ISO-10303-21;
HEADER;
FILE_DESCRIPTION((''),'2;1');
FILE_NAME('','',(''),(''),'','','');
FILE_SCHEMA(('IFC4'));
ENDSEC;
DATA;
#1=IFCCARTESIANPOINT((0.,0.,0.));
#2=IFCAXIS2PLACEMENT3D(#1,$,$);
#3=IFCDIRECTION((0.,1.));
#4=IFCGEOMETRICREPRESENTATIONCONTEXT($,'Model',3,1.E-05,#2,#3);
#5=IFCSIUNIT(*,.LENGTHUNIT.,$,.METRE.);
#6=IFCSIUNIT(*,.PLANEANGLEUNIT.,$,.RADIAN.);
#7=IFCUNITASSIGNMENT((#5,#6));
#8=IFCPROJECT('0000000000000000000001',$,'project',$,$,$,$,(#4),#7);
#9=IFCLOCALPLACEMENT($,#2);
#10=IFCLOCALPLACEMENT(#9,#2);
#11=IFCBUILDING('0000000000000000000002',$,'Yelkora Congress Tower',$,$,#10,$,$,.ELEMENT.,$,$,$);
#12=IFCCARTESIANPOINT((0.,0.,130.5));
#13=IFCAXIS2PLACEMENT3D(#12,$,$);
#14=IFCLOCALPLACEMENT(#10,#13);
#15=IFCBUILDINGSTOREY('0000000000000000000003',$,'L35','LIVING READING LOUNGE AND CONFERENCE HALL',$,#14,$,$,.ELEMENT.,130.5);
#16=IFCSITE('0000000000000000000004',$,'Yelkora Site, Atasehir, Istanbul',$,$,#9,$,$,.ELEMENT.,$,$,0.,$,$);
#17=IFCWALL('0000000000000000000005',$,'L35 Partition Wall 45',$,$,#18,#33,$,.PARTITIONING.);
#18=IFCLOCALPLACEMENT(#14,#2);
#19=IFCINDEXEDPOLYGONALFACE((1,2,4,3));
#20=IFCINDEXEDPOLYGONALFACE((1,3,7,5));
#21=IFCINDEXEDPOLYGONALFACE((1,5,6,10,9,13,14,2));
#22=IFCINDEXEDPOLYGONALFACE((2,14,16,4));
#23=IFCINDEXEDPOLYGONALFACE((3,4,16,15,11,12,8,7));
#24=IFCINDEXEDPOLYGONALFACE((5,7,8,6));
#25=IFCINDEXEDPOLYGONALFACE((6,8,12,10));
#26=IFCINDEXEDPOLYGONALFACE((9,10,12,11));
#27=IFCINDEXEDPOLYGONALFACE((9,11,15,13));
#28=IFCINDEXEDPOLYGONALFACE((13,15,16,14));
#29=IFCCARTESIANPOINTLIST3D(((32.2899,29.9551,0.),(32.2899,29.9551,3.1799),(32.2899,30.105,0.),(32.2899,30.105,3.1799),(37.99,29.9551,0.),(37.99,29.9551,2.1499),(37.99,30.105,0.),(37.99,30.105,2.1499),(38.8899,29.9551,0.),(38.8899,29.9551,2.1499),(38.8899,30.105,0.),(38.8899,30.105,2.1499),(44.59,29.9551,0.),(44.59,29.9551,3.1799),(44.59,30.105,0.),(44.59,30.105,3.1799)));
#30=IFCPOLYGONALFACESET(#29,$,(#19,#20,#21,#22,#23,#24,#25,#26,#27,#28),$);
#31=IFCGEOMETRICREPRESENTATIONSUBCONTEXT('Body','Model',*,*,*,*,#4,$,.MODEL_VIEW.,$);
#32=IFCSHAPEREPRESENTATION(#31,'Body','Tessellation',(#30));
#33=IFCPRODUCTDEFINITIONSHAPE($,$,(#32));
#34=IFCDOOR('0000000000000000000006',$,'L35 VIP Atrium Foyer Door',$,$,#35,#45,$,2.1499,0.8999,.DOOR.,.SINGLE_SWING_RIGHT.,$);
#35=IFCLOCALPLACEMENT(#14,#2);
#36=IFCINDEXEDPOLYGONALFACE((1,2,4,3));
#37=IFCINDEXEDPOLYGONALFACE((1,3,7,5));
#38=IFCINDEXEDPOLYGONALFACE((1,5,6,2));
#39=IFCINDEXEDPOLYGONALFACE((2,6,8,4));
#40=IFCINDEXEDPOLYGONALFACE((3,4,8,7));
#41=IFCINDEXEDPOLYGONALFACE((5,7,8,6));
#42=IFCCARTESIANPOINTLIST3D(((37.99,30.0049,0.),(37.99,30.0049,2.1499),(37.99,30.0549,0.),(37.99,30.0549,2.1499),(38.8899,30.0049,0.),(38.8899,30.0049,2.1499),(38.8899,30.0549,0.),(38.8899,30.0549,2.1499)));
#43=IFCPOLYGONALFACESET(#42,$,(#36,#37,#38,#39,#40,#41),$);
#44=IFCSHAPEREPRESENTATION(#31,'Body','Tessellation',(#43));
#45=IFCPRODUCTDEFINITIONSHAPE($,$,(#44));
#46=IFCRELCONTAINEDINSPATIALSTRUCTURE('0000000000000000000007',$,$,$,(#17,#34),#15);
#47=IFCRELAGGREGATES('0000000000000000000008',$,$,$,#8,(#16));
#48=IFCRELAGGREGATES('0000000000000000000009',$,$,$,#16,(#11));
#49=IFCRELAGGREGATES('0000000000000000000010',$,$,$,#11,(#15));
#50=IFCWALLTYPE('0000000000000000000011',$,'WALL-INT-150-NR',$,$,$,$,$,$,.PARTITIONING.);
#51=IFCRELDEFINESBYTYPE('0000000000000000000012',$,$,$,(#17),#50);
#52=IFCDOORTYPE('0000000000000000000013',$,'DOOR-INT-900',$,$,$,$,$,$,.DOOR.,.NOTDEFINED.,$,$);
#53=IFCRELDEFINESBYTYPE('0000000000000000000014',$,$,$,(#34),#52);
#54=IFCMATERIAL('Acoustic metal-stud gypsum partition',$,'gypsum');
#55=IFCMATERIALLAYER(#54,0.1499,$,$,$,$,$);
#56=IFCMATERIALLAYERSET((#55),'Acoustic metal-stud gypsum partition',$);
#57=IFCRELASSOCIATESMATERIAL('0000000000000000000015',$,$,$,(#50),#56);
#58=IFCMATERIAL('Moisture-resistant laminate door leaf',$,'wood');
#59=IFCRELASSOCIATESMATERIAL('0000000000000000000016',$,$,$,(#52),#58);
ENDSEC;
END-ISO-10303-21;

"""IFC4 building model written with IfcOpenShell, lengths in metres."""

from ifc_helpers import new_model, si_unit, direction, frame, frame_2d, origin, place, context, subcontext, project, spatial, rectangle, extrude, material, layer, layer_set, type_object, element, fill, save


model = new_model("IFC4")

# Units and contexts
model_context = context("Model", 3, precision=1e-05, world=origin(), true_north=direction((0.0, 1.0)))
body_context = subcontext(model_context, "Body", "Model", "MODEL_VIEW")
ifc_project = project(units=[si_unit("LENGTHUNIT", "METRE"), si_unit("PLANEANGLEUNIT", "RADIAN")], contexts=[model_context])

# Site, building, storey
site_placement = place(None, origin())
site = spatial("IfcSite", under=ifc_project, at=site_placement, Name="Yelkora Site, Atasehir, Istanbul", CompositionType="ELEMENT", RefElevation=0.0)
building_placement = place(site_placement, origin())
building = spatial("IfcBuilding", under=site, at=building_placement, Name="Yelkora Congress Tower", CompositionType="ELEMENT")
storey_placement = place(building_placement, frame((0.0, 0.0, 130.5)))
storey = spatial("IfcBuildingStorey", under=building, at=storey_placement, Name="L35", Description="LIVING READING LOUNGE AND CONFERENCE HALL", CompositionType="ELEMENT", Elevation=130.5)

# Shared definitions
ifc_material_1 = material(Name="Acoustic metal-stud gypsum partition", Category="gypsum")
ifc_layer = layer(ifc_material_1, 0.1499)
ifc_layer_set = layer_set([ifc_layer], Name="Acoustic metal-stud gypsum partition")
wall_type = type_object("IfcWallType", Name="WALL-INT-150-NR", PredefinedType="PARTITIONING", material=ifc_layer_set)
ifc_material_2 = material(Name="Moisture-resistant laminate door leaf", Category="wood")
door_type = type_object("IfcDoorType", Name="DOOR-INT-900", OperationType="NOTDEFINED", PredefinedType="DOOR", material=ifc_material_2)

# Wall, opening, door
wall_1_placement = place(storey_placement, frame((32.29, 30.03, 0.0), z_axis=(0.0, 0.0, 1.0), x_axis=(1.0, 0.0, 0.0)))
wall_1 = element("IfcWall", 1, at=wall_1_placement, inside=storey, type_object=wall_type, Name="L35 Partition Wall 45", PredefinedType="PARTITIONING", context=body_context, shape_type="SweptSolid", body=[
    extrude(rectangle(XDim=12.3, YDim=0.1499, at=frame_2d((6.1499, 0.0))), origin(), (0.0, 0.0, 1.0), 3.1799),
])
opening_1_placement = place(wall_1_placement, frame((5.7, 0.0, 0.0)))
opening_1 = element("IfcOpeningElement", 2, at=opening_1_placement, cuts=wall_1, PredefinedType="OPENING", context=body_context, shape_type="SweptSolid", body=[
    extrude(rectangle(XDim=0.8999, YDim=2.1499, at=frame_2d((0.45, 1.075))), frame((0.0, 0.085, 0.0), z_axis=(0.0, -1.0, 0.0), x_axis=(1.0, 0.0, 0.0)), (0.0, 0.0, 1.0), 0.1699),
])
door_1_placement = place(opening_1_placement, origin())
door_1 = element("IfcDoor", 3, at=door_1_placement, inside=storey, type_object=door_type, Name="L35 VIP Atrium Foyer Door", OperationType="SINGLE_SWING_RIGHT", OverallHeight=2.1499, OverallWidth=0.8999, PredefinedType="DOOR", context=body_context, shape_type="SweptSolid", body=[
    extrude(rectangle(XDim=0.8999, YDim=2.1499, at=frame_2d((0.45, 1.075))), frame((0.0, 0.0249, 0.0), z_axis=(0.0, -1.0, 0.0), x_axis=(1.0, 0.0, 0.0)), (0.0, 0.0, 1.0), 0.05),
])
fill(opening_1, door_1)

save(model, "model.ifc")
